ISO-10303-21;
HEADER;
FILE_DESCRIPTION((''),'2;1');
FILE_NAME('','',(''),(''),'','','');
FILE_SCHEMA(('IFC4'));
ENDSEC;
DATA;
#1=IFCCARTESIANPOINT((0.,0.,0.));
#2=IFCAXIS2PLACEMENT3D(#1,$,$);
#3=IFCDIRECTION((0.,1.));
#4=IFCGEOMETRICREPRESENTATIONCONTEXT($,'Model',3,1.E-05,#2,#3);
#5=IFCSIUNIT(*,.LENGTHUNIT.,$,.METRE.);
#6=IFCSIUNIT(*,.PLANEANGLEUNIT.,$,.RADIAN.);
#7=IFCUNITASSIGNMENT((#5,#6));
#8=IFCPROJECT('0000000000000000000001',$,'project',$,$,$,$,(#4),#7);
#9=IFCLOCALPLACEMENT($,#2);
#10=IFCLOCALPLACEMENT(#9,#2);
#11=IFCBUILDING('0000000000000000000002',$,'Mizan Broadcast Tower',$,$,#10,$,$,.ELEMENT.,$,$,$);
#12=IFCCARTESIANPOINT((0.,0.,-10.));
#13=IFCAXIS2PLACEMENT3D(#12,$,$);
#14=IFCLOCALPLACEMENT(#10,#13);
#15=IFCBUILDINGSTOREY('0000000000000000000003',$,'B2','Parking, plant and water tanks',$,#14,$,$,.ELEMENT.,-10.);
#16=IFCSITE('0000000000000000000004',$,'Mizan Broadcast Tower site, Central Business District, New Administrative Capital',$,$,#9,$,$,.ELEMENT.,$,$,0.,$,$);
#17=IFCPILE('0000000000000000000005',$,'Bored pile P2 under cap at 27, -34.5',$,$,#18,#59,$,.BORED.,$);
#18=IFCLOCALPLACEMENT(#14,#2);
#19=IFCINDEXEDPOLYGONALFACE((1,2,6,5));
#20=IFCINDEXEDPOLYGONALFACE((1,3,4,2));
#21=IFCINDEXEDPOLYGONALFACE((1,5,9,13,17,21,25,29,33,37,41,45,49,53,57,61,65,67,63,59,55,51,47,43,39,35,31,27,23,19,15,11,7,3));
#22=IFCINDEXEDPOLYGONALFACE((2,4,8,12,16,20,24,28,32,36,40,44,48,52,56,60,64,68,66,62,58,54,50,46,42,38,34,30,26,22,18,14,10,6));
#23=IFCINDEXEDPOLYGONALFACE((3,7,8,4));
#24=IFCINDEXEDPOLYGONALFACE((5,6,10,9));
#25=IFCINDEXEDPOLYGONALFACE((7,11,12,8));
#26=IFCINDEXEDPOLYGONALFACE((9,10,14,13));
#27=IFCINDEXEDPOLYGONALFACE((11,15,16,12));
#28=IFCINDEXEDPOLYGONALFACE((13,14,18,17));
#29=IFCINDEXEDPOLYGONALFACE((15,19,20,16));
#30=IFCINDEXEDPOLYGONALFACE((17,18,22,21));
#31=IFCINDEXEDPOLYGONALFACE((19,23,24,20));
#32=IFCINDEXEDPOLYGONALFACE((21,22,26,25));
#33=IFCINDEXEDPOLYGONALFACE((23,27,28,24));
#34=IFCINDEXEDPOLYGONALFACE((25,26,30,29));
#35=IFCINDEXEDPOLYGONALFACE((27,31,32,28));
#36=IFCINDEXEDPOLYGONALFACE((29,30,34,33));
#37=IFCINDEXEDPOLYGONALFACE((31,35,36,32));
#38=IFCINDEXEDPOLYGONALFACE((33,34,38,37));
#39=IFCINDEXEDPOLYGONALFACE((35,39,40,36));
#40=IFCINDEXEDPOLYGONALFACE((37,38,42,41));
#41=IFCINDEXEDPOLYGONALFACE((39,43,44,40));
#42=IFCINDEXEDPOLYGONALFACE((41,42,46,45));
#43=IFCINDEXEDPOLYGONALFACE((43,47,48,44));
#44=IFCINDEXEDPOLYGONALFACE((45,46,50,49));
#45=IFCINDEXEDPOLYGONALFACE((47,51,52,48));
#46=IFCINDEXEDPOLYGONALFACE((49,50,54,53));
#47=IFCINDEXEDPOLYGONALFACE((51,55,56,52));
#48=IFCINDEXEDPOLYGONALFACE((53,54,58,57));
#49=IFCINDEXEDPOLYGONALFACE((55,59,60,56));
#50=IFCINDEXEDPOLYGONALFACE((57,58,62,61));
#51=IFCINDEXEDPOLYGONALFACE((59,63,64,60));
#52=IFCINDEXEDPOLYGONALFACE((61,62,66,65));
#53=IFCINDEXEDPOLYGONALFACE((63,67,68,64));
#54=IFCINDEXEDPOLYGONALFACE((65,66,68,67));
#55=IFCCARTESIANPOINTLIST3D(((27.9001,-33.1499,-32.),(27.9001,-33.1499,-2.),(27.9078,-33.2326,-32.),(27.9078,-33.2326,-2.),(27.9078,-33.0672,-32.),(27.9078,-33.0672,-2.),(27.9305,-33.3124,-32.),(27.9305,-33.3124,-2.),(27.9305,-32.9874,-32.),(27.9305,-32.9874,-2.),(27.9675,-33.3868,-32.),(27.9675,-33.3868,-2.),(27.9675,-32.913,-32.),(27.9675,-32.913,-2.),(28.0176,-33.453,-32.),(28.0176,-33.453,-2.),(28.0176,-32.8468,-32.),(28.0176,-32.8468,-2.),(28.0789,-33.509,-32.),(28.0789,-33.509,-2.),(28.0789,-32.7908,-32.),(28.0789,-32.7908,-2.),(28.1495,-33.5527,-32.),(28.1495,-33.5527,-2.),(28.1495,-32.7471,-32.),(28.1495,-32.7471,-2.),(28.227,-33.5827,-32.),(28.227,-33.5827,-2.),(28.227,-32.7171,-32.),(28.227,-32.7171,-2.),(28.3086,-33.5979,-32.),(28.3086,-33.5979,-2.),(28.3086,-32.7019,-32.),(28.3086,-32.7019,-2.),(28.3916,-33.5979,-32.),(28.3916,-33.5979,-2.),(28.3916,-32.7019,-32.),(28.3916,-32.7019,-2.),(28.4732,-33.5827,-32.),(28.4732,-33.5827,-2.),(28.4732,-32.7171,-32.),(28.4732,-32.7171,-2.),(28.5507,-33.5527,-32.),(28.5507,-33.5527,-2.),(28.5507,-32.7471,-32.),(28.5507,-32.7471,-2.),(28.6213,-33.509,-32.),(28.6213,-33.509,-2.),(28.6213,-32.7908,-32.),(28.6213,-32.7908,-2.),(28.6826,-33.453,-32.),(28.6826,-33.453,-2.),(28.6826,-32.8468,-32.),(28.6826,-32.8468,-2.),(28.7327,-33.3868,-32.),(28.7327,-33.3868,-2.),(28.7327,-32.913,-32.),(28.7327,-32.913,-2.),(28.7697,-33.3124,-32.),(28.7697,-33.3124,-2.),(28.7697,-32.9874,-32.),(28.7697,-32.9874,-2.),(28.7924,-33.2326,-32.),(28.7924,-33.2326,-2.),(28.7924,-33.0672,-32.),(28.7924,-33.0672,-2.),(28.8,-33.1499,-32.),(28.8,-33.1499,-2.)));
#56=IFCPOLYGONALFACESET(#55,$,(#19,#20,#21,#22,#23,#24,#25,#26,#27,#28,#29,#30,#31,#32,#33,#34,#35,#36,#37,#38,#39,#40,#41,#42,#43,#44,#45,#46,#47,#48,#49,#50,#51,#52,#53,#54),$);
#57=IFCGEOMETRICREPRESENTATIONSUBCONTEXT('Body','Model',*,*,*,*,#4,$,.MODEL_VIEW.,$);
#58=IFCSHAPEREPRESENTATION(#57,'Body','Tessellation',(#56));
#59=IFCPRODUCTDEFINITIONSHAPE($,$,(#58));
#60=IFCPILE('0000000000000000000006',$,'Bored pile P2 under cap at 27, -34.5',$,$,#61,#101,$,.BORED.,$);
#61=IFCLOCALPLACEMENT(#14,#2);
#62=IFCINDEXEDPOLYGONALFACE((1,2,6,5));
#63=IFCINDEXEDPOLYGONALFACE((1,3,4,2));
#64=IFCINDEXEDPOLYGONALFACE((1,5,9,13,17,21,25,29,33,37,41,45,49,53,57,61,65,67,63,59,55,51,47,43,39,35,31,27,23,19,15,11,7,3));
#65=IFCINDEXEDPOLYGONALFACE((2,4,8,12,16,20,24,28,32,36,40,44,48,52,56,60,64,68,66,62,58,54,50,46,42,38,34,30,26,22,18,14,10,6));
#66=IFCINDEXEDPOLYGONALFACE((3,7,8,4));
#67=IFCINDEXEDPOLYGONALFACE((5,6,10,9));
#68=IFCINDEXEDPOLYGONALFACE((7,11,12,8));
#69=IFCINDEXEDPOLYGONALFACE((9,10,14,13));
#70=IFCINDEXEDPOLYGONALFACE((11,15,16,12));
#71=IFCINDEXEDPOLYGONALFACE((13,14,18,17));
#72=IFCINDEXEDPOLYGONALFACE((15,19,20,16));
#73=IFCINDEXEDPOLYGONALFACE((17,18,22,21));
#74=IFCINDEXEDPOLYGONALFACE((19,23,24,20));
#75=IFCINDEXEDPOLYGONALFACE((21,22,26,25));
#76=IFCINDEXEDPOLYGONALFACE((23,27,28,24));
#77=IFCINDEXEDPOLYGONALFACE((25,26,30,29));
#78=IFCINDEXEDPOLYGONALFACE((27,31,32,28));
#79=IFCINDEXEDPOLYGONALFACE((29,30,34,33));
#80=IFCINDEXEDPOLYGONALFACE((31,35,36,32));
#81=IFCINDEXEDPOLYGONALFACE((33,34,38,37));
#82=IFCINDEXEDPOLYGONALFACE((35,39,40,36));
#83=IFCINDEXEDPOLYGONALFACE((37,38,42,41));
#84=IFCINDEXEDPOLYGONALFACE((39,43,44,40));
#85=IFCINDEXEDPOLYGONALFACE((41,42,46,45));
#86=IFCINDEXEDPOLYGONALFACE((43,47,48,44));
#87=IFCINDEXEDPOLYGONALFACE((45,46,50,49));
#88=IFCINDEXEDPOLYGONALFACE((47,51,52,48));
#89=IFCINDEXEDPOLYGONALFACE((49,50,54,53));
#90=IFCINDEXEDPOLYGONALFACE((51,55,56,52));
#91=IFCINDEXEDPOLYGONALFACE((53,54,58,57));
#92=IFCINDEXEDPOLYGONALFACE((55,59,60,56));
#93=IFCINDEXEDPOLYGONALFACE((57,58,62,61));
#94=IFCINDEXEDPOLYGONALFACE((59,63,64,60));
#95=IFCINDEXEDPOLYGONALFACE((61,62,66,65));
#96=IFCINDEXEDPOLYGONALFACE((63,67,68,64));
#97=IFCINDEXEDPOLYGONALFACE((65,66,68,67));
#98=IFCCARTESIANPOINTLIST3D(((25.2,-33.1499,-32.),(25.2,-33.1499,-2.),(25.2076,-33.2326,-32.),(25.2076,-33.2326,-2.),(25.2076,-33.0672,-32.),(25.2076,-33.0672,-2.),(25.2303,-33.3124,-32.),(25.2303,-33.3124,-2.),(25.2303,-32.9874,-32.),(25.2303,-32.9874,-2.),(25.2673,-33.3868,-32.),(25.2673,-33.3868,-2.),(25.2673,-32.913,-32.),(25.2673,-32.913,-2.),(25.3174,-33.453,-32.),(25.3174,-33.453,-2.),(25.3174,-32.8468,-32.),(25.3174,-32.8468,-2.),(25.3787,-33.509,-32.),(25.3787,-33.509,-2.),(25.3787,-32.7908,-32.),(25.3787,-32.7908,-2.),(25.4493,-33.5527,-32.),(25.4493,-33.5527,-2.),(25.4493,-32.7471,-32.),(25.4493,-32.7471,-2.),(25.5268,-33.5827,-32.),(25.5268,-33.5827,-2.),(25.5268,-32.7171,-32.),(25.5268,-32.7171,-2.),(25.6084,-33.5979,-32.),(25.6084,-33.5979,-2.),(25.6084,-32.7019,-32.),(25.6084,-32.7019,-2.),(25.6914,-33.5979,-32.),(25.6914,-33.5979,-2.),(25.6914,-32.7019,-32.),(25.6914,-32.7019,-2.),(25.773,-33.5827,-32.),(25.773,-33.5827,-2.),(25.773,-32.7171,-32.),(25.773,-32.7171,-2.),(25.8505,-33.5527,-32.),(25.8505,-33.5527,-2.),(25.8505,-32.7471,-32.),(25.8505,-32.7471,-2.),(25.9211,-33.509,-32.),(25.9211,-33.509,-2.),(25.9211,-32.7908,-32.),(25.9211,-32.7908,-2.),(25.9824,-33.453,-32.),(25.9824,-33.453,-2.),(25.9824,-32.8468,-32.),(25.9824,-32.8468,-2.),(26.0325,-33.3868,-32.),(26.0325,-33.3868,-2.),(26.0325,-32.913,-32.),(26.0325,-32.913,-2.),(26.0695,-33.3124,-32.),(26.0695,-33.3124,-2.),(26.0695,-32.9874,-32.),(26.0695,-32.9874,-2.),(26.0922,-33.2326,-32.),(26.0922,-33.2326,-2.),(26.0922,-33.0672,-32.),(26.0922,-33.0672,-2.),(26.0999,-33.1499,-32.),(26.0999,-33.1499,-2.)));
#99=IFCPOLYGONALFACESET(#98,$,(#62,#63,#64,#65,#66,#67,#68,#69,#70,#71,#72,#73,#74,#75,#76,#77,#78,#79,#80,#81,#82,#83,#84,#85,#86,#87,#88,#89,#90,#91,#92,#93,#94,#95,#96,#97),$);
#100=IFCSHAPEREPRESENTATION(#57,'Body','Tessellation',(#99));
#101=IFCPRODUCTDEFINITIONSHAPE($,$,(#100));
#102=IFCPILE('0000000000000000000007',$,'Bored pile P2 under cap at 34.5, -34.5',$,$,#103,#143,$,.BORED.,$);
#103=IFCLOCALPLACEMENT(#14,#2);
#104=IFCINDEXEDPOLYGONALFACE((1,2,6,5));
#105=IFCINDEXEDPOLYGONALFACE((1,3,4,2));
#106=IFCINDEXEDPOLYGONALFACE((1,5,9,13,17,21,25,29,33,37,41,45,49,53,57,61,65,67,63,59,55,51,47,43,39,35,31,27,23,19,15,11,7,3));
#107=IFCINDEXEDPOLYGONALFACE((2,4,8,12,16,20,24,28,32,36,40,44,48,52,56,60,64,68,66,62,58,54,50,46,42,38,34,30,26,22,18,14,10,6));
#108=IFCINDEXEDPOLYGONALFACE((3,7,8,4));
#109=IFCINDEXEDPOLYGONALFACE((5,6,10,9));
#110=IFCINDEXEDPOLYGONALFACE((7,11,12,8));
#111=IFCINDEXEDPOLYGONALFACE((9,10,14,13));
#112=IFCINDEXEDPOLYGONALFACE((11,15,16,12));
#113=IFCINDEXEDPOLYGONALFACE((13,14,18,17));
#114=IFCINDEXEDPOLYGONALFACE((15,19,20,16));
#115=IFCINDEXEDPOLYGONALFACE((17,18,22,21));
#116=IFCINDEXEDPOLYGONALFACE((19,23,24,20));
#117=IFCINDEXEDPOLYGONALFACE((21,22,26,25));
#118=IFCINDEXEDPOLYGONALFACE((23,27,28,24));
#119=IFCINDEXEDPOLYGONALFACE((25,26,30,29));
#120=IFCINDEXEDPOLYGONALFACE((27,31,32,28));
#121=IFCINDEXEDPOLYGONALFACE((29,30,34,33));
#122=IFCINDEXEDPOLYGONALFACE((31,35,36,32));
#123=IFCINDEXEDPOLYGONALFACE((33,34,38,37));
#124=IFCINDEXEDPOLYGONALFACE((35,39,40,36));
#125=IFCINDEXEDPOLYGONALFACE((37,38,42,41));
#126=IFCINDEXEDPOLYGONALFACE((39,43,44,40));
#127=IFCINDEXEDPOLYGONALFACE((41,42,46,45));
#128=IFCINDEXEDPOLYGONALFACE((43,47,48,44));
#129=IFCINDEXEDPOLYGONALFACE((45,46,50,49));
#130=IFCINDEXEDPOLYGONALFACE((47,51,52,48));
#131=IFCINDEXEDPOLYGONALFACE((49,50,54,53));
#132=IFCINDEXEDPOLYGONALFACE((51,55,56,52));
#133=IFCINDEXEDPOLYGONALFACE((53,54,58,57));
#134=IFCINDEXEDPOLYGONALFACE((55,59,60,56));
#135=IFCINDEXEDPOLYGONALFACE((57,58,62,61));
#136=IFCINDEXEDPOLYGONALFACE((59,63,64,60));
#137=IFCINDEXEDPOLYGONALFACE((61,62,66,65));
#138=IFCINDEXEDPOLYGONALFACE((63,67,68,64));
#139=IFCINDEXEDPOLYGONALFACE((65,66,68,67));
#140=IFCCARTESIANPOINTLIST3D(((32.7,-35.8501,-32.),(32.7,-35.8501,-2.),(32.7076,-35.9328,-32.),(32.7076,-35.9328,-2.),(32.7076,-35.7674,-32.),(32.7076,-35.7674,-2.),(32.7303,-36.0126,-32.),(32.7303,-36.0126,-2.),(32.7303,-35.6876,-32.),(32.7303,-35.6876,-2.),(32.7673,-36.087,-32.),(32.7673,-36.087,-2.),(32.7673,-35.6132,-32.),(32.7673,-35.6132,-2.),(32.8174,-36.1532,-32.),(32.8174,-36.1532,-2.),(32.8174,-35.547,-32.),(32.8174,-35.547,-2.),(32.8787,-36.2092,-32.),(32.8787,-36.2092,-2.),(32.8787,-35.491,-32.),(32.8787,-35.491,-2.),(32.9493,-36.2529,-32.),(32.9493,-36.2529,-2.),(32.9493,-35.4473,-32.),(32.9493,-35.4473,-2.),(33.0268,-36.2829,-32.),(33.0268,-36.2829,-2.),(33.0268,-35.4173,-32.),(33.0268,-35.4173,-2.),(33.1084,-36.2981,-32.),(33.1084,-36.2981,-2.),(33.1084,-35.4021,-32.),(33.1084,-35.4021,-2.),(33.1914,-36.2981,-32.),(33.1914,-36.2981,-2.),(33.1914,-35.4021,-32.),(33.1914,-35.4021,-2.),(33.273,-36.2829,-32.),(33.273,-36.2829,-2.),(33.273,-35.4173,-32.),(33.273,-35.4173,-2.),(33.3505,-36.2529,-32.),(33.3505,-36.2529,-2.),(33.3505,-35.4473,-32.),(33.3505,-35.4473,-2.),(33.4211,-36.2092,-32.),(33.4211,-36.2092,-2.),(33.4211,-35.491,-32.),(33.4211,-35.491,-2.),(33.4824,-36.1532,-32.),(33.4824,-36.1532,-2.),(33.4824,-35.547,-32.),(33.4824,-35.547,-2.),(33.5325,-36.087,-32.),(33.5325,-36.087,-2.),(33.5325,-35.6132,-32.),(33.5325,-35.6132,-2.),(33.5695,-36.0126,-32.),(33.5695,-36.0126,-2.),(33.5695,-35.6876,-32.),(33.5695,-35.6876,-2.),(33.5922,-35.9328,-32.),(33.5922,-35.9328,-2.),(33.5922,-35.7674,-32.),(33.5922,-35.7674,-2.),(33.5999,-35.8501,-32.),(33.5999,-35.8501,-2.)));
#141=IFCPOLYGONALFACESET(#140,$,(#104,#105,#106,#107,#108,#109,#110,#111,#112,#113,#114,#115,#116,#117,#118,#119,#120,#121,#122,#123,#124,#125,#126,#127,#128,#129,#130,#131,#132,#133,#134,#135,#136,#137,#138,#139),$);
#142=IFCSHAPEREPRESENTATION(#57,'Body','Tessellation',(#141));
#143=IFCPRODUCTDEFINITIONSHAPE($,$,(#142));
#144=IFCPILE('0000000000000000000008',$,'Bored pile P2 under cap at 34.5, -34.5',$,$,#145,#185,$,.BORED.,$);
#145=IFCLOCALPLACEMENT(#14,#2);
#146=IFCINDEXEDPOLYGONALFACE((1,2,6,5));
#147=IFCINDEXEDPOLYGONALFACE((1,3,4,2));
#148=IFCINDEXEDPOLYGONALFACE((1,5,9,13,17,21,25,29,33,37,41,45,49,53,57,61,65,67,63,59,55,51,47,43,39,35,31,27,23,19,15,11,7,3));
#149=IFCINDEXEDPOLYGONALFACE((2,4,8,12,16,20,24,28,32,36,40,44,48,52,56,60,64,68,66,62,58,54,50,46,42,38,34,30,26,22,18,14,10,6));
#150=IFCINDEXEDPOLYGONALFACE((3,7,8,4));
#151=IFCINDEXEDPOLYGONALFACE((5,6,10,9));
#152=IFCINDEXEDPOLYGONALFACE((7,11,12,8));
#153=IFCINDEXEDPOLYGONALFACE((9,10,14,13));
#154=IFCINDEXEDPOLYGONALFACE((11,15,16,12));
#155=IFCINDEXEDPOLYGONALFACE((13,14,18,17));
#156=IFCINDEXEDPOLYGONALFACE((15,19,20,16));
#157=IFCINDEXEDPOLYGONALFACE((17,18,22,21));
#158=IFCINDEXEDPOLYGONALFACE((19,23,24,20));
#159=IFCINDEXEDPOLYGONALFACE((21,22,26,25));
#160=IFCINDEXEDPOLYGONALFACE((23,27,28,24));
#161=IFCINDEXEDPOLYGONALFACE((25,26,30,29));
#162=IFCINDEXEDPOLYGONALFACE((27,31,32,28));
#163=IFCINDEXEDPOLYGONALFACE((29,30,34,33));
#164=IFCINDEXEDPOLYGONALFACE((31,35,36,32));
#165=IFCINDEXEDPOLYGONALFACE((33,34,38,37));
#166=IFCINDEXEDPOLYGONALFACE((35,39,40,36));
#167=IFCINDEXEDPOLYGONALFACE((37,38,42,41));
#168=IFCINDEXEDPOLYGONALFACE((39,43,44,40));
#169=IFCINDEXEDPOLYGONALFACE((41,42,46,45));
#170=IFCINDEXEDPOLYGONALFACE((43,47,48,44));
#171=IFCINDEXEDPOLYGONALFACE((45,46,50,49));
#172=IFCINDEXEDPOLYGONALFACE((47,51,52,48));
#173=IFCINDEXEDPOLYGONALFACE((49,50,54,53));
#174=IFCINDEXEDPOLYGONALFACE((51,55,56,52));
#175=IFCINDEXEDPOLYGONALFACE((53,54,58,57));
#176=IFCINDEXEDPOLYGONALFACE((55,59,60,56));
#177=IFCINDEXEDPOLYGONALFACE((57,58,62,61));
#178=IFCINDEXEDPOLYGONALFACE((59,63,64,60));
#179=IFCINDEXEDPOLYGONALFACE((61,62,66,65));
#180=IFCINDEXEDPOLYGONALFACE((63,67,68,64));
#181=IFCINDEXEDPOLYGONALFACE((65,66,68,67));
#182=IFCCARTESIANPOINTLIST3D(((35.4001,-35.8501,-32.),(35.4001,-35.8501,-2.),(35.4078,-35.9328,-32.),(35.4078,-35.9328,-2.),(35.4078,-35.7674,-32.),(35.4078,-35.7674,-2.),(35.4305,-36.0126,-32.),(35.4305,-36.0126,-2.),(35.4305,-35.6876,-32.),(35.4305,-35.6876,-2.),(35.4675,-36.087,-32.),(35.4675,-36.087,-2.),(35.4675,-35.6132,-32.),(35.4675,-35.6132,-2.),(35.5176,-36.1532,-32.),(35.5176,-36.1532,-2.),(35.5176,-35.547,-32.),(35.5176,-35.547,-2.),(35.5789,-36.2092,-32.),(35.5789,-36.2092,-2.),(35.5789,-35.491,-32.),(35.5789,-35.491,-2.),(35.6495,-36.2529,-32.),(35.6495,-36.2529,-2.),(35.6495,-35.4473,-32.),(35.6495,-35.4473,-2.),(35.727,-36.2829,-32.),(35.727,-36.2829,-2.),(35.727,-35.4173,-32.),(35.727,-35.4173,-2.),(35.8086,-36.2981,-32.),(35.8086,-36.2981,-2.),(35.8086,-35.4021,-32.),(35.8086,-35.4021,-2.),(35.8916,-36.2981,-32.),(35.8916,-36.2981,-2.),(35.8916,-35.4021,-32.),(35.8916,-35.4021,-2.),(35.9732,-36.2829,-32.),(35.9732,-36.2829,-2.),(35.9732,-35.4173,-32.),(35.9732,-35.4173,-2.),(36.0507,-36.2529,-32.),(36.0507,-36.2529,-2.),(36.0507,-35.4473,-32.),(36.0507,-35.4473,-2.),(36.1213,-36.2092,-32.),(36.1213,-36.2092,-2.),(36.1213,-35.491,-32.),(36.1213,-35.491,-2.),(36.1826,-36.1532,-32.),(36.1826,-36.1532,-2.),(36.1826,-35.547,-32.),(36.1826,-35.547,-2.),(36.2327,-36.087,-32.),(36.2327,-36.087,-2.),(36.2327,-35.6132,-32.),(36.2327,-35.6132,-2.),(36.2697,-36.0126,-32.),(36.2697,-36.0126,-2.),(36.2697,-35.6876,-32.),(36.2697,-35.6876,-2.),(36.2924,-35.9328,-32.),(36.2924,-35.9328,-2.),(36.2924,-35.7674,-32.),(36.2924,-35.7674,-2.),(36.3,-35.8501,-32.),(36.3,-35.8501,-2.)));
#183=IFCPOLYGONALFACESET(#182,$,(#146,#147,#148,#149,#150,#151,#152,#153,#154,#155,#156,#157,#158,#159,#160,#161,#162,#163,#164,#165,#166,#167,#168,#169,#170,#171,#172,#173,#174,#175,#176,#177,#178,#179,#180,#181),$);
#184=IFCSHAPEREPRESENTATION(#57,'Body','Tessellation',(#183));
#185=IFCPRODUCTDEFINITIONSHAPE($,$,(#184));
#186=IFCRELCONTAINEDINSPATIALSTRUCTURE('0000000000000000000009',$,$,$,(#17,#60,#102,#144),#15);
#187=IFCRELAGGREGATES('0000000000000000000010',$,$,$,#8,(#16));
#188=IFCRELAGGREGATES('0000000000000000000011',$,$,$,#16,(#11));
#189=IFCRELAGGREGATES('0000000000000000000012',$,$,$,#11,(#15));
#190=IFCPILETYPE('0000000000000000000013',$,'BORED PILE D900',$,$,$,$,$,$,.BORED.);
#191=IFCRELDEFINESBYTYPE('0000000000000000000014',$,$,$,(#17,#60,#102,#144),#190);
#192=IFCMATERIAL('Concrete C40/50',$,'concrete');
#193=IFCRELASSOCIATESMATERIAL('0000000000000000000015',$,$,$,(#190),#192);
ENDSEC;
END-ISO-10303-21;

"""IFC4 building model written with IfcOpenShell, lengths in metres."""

from ifc_helpers import new_model, si_unit, direction, frame, origin, origin_2d, place, context, subcontext, project, spatial, circle, extrude, material, material_profile, profile_set, type_object, element, save


model = new_model("IFC4")

# Units and contexts
model_context = context("Model", 3, precision=1e-05, world=origin(), true_north=direction((0.0, 1.0)))
body_context = subcontext(model_context, "Body", "Model", "MODEL_VIEW")
ifc_project = project(units=[si_unit("LENGTHUNIT", "METRE"), si_unit("PLANEANGLEUNIT", "RADIAN")], contexts=[model_context])

# Site, building, storey
site_placement = place(None, origin())
site = spatial("IfcSite", under=ifc_project, at=site_placement, Name="Mizan Broadcast Tower site, Central Business District, New Administrative Capital", CompositionType="ELEMENT", RefElevation=0.0)
building_placement = place(site_placement, origin())
building = spatial("IfcBuilding", under=site, at=building_placement, Name="Mizan Broadcast Tower", CompositionType="ELEMENT")
storey_placement = place(building_placement, frame((0.0, 0.0, -10.0)))
storey = spatial("IfcBuildingStorey", under=building, at=storey_placement, Name="B2", Description="Parking, plant and water tanks", CompositionType="ELEMENT", Elevation=-10.0)

# Piles
ifc_material_1 = material(Name="Concrete C40/50", Category="concrete")
ifc_material_profile_1 = material_profile(ifc_material_1, circle(Radius=0.45, at=origin_2d()), Name="D900")
ifc_profile_set_1 = profile_set([ifc_material_profile_1], Name="Concrete C40/50")
pile_type = type_object("IfcPileType", Name="BORED PILE D900", PredefinedType="BORED", material=ifc_profile_set_1)
for number, where, z_axis, x_axis, name in (
    (1, (28.3501, -33.1499, -2.0), (0.0, 0.0, -1.0), (1.0, 0.0, 0.0), "Bored pile P2 under cap at 27, -34.5"),
    (2, (25.6499, -33.1499, -2.0), (0.0, 0.0, -1.0), (1.0, 0.0, 0.0), "Bored pile P2 under cap at 27, -34.5"),
    (3, (33.1499, -35.8501, -2.0), (0.0, 0.0, -1.0), (1.0, 0.0, 0.0), "Bored pile P2 under cap at 34.5, -34.5"),
    (4, (35.8501, -35.8501, -2.0), (0.0, 0.0, -1.0), (1.0, 0.0, 0.0), "Bored pile P2 under cap at 34.5, -34.5"),
):
    element("IfcPile", number, at=place(storey_placement, frame(where, z_axis=z_axis, x_axis=x_axis)), inside=storey, type_object=pile_type, Name=name, PredefinedType="BORED", context=body_context, shape_type="SweptSolid", body=[
        extrude(circle(Radius=0.45, at=origin_2d()), origin(), (0.0, 0.0, 1.0), 30.0),
    ])

save(model, "model.ifc")
